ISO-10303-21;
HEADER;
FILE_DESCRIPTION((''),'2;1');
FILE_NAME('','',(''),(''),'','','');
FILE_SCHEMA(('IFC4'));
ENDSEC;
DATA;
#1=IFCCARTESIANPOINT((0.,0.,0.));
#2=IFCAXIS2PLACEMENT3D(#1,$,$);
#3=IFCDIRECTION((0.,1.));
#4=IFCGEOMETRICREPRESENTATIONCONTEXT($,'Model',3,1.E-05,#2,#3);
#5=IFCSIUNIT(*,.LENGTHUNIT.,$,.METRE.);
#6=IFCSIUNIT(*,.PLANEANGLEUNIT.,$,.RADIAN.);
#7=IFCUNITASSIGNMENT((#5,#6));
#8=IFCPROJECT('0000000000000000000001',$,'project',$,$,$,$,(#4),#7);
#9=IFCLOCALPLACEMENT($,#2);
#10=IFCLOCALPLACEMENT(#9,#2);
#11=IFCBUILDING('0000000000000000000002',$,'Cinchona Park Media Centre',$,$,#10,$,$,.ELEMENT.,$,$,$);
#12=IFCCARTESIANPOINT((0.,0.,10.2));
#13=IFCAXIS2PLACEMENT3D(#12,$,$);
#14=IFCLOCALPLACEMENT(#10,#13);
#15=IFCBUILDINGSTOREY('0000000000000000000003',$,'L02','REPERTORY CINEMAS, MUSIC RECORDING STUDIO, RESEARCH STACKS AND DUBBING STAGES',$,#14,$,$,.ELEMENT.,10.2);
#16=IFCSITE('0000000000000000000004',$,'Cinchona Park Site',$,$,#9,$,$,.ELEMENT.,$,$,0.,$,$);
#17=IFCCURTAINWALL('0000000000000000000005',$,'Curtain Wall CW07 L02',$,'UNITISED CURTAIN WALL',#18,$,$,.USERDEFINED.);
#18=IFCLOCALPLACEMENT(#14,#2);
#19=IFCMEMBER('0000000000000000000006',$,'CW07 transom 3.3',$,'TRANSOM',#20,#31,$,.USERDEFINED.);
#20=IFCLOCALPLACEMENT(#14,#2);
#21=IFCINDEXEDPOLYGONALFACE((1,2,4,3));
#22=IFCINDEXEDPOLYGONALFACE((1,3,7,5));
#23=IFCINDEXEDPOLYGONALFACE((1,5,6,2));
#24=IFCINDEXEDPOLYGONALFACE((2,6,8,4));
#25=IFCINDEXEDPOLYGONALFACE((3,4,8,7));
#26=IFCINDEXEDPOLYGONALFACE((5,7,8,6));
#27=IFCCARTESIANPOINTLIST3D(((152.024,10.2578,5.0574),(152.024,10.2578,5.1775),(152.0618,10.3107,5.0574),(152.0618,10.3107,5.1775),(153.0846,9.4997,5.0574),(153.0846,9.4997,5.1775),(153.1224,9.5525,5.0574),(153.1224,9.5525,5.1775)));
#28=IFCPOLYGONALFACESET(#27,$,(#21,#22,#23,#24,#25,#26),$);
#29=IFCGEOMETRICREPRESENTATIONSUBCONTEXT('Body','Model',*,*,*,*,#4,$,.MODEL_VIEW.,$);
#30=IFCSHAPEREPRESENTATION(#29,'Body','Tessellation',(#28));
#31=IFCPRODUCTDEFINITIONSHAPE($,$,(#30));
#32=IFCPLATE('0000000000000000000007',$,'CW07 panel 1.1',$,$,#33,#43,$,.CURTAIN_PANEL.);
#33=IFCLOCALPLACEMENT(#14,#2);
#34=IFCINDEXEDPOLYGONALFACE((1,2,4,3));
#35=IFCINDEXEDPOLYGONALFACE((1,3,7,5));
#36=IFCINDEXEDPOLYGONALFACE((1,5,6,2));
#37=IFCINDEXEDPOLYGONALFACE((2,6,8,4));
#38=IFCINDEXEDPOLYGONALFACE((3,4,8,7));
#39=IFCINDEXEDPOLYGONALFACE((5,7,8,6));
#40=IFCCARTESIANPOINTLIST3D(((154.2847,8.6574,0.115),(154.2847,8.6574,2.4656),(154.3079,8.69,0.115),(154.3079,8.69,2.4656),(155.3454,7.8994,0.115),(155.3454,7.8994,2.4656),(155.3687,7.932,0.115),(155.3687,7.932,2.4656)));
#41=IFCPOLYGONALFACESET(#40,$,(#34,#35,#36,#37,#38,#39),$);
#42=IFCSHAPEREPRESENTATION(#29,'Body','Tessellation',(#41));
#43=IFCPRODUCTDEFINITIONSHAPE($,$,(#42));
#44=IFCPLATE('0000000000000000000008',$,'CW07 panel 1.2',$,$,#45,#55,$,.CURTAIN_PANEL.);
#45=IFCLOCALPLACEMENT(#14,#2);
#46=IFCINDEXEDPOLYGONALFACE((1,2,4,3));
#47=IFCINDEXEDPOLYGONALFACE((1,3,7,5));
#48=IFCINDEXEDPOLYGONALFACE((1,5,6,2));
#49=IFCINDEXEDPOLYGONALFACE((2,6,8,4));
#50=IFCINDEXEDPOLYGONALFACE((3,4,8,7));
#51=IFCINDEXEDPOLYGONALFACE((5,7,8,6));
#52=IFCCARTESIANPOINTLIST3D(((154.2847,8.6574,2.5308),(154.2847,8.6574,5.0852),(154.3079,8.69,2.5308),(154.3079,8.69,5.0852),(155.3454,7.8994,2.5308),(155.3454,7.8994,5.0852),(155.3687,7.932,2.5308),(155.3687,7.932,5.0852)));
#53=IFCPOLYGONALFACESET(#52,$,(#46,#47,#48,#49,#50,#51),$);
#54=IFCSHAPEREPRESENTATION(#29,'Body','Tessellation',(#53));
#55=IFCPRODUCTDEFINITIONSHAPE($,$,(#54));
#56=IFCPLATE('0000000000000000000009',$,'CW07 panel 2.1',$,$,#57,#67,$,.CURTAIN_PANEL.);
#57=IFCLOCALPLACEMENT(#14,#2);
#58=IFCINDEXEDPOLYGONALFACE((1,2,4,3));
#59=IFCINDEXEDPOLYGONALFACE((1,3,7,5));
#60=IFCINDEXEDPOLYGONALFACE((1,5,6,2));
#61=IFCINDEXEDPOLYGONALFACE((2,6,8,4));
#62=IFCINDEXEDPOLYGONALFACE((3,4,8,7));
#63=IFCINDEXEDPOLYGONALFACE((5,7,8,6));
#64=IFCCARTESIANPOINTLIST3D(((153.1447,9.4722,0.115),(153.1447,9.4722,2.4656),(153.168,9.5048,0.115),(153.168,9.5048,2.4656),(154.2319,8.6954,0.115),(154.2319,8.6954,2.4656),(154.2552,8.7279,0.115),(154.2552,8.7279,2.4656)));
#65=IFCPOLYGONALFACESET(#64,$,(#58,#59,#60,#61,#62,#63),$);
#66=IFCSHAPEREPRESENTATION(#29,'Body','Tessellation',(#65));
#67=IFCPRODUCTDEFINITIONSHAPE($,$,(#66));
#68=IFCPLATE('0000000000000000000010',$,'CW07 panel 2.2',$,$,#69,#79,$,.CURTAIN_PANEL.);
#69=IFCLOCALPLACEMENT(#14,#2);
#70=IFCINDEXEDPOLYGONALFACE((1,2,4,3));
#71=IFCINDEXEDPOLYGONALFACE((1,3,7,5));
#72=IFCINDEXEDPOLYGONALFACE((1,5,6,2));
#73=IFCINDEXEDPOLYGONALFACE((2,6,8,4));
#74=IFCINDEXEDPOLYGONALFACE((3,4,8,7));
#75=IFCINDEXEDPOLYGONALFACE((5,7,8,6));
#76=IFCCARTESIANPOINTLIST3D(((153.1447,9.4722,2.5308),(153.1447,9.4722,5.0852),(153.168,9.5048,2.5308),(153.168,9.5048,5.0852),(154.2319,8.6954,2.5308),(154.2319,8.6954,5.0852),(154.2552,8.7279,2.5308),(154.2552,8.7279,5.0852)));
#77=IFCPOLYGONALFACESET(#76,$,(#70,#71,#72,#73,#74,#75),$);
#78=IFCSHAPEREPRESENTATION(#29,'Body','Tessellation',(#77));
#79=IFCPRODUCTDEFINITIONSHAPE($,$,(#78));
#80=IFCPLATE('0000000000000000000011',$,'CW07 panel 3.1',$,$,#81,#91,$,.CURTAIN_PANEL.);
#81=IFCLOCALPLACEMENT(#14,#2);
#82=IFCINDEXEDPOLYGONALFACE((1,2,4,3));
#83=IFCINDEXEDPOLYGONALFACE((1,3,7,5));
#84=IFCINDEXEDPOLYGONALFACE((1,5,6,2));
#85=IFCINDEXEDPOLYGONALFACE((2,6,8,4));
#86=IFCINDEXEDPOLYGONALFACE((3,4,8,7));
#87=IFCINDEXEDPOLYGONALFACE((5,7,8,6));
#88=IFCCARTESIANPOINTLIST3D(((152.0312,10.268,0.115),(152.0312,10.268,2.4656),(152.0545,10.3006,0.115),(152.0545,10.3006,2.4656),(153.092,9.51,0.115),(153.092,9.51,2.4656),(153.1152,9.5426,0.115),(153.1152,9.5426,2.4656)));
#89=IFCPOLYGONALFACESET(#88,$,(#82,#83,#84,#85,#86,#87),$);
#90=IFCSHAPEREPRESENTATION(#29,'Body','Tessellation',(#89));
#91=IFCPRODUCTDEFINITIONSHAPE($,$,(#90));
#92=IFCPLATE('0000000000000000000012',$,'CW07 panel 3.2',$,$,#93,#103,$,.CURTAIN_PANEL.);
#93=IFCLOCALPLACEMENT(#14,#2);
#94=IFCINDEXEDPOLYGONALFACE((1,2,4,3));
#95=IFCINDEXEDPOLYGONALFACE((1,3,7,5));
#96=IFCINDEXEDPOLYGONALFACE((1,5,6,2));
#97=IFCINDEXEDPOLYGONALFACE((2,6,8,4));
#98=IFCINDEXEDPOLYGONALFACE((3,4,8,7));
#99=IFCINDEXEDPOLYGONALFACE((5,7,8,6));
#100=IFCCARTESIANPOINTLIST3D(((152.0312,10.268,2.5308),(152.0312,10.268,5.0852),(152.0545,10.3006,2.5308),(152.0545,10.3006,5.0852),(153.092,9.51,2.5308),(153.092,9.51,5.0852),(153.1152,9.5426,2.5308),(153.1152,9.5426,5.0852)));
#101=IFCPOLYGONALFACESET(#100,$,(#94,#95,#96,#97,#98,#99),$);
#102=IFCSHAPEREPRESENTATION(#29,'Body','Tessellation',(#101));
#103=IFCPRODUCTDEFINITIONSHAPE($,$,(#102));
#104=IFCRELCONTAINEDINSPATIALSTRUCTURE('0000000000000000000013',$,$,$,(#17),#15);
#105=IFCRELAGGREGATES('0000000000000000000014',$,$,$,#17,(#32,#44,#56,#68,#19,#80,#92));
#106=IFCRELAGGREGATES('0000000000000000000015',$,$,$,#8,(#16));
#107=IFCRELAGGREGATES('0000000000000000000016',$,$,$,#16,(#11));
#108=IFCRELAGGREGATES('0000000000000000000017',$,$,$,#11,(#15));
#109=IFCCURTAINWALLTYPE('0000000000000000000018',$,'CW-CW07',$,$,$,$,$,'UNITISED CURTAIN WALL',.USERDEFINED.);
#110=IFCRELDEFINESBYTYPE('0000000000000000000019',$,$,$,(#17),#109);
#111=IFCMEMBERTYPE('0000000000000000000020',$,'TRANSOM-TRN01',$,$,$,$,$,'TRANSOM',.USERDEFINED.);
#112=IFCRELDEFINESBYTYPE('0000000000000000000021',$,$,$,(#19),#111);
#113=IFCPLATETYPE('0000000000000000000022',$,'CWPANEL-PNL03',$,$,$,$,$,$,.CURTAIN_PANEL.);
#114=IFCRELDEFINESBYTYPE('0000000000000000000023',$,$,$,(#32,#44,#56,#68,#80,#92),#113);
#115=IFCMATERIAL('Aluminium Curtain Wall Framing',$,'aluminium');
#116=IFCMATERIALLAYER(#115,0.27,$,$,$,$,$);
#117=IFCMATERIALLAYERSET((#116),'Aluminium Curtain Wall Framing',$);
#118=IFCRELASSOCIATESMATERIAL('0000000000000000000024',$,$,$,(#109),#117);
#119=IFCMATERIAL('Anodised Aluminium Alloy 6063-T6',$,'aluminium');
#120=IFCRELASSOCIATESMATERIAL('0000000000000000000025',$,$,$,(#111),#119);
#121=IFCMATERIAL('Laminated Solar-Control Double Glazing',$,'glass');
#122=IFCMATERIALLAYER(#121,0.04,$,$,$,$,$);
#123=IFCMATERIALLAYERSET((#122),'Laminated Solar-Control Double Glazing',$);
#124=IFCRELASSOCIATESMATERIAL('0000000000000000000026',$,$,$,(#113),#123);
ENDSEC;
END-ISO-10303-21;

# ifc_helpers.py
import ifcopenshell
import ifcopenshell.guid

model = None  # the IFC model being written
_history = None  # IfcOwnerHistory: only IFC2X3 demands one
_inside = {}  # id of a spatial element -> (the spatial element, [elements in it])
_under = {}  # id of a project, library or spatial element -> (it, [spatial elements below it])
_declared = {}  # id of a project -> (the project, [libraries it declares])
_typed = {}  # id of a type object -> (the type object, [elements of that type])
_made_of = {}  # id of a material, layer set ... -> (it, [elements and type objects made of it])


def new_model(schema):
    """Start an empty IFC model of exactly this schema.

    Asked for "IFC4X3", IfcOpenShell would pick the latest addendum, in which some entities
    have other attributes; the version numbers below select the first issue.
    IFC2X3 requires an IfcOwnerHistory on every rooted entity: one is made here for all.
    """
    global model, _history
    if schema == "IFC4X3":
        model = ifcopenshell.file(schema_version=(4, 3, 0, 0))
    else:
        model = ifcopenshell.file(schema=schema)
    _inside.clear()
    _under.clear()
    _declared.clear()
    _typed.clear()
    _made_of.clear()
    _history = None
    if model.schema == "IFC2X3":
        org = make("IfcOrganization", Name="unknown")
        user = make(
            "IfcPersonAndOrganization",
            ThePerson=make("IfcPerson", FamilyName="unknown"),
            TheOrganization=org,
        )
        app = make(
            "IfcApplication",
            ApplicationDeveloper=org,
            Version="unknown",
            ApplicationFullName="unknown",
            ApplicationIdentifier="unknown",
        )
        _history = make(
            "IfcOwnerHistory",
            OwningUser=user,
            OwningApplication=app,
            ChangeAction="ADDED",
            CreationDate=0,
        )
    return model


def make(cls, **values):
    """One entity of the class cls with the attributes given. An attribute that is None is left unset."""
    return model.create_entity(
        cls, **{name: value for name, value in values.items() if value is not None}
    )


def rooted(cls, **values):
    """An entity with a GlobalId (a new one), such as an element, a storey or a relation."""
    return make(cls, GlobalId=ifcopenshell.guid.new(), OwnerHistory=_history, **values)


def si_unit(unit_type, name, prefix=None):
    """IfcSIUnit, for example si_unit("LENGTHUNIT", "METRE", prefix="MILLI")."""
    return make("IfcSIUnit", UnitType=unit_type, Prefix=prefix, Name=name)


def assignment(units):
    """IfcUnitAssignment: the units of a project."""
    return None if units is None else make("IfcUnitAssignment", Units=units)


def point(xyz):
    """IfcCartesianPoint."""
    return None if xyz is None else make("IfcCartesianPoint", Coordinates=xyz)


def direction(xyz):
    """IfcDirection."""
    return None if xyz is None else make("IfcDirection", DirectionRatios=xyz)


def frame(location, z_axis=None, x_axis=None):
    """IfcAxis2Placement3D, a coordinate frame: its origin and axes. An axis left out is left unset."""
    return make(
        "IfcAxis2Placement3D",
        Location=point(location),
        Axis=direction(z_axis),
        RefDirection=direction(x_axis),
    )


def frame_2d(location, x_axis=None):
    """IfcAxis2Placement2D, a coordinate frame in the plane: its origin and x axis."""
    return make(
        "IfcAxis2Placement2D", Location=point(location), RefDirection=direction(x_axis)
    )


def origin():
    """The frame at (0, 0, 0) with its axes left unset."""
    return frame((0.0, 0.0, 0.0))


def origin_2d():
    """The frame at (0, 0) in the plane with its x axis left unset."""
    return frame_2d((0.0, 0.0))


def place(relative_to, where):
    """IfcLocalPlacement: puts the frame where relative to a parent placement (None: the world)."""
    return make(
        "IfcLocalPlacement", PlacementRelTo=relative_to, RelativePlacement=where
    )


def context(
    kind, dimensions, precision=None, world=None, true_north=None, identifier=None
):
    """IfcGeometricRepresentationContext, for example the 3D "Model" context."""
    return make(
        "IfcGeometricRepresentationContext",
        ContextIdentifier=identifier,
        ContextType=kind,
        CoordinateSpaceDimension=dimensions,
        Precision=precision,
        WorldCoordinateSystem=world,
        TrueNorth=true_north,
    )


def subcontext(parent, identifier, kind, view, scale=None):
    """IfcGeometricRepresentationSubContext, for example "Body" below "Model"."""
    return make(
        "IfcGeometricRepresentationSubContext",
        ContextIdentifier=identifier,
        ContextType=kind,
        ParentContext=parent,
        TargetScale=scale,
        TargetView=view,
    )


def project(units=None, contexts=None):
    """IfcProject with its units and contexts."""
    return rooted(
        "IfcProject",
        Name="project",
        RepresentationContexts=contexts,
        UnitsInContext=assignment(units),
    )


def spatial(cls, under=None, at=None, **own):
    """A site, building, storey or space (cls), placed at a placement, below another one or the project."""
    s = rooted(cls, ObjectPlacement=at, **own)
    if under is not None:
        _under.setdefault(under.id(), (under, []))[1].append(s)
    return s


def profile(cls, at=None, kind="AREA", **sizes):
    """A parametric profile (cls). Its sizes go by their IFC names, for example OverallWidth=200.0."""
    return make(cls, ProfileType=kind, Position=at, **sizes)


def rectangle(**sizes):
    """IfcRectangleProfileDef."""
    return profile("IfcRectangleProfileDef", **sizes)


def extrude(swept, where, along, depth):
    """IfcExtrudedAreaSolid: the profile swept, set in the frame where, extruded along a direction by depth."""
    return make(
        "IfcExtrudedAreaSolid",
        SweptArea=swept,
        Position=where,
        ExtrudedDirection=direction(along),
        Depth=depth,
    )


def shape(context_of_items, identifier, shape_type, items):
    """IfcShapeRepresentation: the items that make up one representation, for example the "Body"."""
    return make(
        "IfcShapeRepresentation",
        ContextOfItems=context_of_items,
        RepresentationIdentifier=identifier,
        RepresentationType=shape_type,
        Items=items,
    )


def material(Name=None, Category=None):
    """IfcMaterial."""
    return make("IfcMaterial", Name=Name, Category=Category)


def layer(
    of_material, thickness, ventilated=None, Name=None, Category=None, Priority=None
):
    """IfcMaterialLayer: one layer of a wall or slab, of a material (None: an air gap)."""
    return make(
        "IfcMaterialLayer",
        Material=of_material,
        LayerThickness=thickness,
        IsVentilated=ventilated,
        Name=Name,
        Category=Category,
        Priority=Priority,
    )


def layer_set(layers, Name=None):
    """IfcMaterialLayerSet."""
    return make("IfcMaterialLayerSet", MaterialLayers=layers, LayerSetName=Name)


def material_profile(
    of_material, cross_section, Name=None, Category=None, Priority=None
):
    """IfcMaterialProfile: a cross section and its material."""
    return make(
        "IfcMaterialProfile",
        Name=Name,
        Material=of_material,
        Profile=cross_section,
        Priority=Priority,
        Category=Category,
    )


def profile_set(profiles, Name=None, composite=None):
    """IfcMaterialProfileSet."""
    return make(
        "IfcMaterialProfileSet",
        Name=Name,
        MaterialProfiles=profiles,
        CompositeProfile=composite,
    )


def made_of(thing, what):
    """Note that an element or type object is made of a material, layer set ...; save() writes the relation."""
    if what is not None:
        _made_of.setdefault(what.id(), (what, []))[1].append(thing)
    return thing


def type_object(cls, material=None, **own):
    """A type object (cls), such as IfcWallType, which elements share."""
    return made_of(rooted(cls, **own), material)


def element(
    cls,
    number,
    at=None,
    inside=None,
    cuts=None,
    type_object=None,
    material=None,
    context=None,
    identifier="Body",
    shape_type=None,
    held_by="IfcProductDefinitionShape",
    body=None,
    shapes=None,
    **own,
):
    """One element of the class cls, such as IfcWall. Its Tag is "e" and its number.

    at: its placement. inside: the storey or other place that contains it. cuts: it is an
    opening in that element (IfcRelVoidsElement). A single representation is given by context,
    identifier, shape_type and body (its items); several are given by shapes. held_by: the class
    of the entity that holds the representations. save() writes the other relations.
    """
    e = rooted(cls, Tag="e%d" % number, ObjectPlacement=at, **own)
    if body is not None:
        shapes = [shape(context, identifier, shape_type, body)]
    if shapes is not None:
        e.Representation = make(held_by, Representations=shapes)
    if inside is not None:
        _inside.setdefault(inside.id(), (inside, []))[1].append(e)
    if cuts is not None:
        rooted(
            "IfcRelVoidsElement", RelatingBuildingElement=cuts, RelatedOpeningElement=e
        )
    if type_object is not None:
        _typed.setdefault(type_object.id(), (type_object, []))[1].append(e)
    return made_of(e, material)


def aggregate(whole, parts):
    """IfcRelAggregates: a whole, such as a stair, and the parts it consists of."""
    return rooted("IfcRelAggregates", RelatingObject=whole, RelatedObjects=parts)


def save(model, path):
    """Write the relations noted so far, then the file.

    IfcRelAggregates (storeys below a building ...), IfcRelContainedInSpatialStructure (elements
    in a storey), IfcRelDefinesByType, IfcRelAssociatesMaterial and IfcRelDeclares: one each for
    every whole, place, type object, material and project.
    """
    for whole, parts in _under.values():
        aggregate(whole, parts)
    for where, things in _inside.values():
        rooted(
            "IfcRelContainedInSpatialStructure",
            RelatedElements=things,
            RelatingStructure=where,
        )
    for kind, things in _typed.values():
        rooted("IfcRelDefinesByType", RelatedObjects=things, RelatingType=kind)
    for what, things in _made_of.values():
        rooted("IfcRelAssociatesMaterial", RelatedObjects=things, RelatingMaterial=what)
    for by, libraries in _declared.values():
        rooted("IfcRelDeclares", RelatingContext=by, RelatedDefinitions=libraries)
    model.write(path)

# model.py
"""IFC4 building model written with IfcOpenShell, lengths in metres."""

from ifc_helpers import new_model, si_unit, direction, frame, origin, origin_2d, place, context, subcontext, project, spatial, rectangle, extrude, material, layer, layer_set, material_profile, profile_set, type_object, element, aggregate, save


model = new_model("IFC4")

# Units and contexts
model_context = context("Model", 3, precision=1e-05, world=origin(), true_north=direction((0.0, 1.0)))
body_context = subcontext(model_context, "Body", "Model", "MODEL_VIEW")
ifc_project = project(units=[si_unit("LENGTHUNIT", "METRE"), si_unit("PLANEANGLEUNIT", "RADIAN")], contexts=[model_context])

# Site, building, storey
site_placement = place(None, origin())
site = spatial("IfcSite", under=ifc_project, at=site_placement, Name="Cinchona Park Site", CompositionType="ELEMENT", RefElevation=0.0)
building_placement = place(site_placement, origin())
building = spatial("IfcBuilding", under=site, at=building_placement, Name="Cinchona Park Media Centre", CompositionType="ELEMENT")
storey_placement = place(building_placement, frame((0.0, 0.0, 10.2)))
storey = spatial("IfcBuildingStorey", under=building, at=storey_placement, Name="L02", Description="REPERTORY CINEMAS, MUSIC RECORDING STUDIO, RESEARCH STACKS AND DUBBING STAGES", CompositionType="ELEMENT", Elevation=10.2)

# Curtain wall, member, plates
ifc_material_1 = material(Name="Aluminium Curtain Wall Framing", Category="aluminium")
ifc_layer_1 = layer(ifc_material_1, 0.27)
ifc_layer_set_1 = layer_set([ifc_layer_1], Name="Aluminium Curtain Wall Framing")
curtain_wall_type = type_object("IfcCurtainWallType", Name="CW-CW07", ElementType="UNITISED CURTAIN WALL", PredefinedType="USERDEFINED", material=ifc_layer_set_1)
curtain_wall_placement = place(storey_placement, origin())
curtain_wall = element("IfcCurtainWall", 1, at=curtain_wall_placement, inside=storey, type_object=curtain_wall_type, Name="Curtain Wall CW07 L02", ObjectType="UNITISED CURTAIN WALL", PredefinedType="USERDEFINED")
ifc_material_2 = material(Name="Anodised Aluminium Alloy 6063-T6", Category="aluminium")
ifc_material_profile_1 = material_profile(ifc_material_2, rectangle(XDim=0.0649, YDim=0.1201, at=origin_2d()), Name="TRN-65X120")
ifc_profile_set_1 = profile_set([ifc_material_profile_1], Name="Anodised Aluminium Alloy 6063-T6")
member_type_1 = type_object("IfcMemberType", Name="TRANSOM-TRN01", ElementType="TRANSOM", PredefinedType="USERDEFINED", material=ifc_profile_set_1)
member_1_placement = place(storey_placement, frame((153.1035, 9.5261, 5.1174), z_axis=(-0.813544, 0.581504, 0.0), x_axis=(-0.581504, -0.813544, 0.0)))
member_1 = element("IfcMember", 2, at=member_1_placement, type_object=member_type_1, Name="CW07 transom 3.3", ObjectType="TRANSOM", PredefinedType="USERDEFINED", context=body_context, shape_type="SweptSolid", body=[
    extrude(rectangle(XDim=0.0649, YDim=0.1201, at=origin_2d()), origin(), (0.0, 0.0, 1.0), 1.3037),
])
ifc_material_3 = material(Name="Laminated Solar-Control Double Glazing", Category="glass")
ifc_layer_2 = layer(ifc_material_3, 0.04)
ifc_layer_set_2 = layer_set([ifc_layer_2], Name="Laminated Solar-Control Double Glazing")
plate_type = type_object("IfcPlateType", Name="CWPANEL-PNL03", PredefinedType="CURTAIN_PANEL", material=ifc_layer_set_2)
plate_1_placement = place(storey_placement, frame((154.8267, 8.2947, 0.115), z_axis=(0.0, 0.0, 1.0), x_axis=(-0.813605, 0.581418, 0.0)))
plate_1 = element("IfcPlate", 3, at=plate_1_placement, type_object=plate_type, Name="CW07 panel 1.1", PredefinedType="CURTAIN_PANEL", context=body_context, shape_type="SweptSolid", body=[
    extrude(rectangle(XDim=1.3037, YDim=0.04, at=origin_2d()), origin(), (0.0, 0.0, 1.0), 2.3506),
])
plate_2_placement = place(storey_placement, frame((154.8267, 8.2947, 2.5308), z_axis=(0.0, 0.0, 1.0), x_axis=(-0.813605, 0.581418, 0.0)))
plate_2 = element("IfcPlate", 4, at=plate_2_placement, type_object=plate_type, Name="CW07 panel 1.2", PredefinedType="CURTAIN_PANEL", context=body_context, shape_type="SweptSolid", body=[
    extrude(rectangle(XDim=1.3037, YDim=0.04, at=origin_2d()), origin(), (0.0, 0.0, 1.0), 2.5544),
])
plate_3_placement = place(storey_placement, frame((153.7, 9.1001, 0.115), z_axis=(0.0, 0.0, 1.0), x_axis=(-0.813605, 0.581418, 0.0)))
plate_3 = element("IfcPlate", 5, at=plate_3_placement, type_object=plate_type, Name="CW07 panel 2.1", PredefinedType="CURTAIN_PANEL", context=body_context, shape_type="SweptSolid", body=[
    extrude(rectangle(XDim=1.3362, YDim=0.04, at=origin_2d()), origin(), (0.0, 0.0, 1.0), 2.3506),
])
plate_4_placement = place(storey_placement, frame((153.7, 9.1001, 2.5308), z_axis=(0.0, 0.0, 1.0), x_axis=(-0.813605, 0.581418, 0.0)))
plate_4 = element("IfcPlate", 6, at=plate_4_placement, type_object=plate_type, Name="CW07 panel 2.2", PredefinedType="CURTAIN_PANEL", context=body_context, shape_type="SweptSolid", body=[
    extrude(rectangle(XDim=1.3362, YDim=0.04, at=origin_2d()), origin(), (0.0, 0.0, 1.0), 2.5544),
])
plate_5_placement = place(storey_placement, frame((152.5732, 9.9053, 0.115), z_axis=(0.0, 0.0, 1.0), x_axis=(-0.813605, 0.581418, 0.0)))
plate_5 = element("IfcPlate", 7, at=plate_5_placement, type_object=plate_type, Name="CW07 panel 3.1", PredefinedType="CURTAIN_PANEL", context=body_context, shape_type="SweptSolid", body=[
    extrude(rectangle(XDim=1.3037, YDim=0.04, at=origin_2d()), origin(), (0.0, 0.0, 1.0), 2.3506),
])
plate_6_placement = place(storey_placement, frame((152.5732, 9.9053, 2.5308), z_axis=(0.0, 0.0, 1.0), x_axis=(-0.813605, 0.581418, 0.0)))
plate_6 = element("IfcPlate", 8, at=plate_6_placement, type_object=plate_type, Name="CW07 panel 3.2", PredefinedType="CURTAIN_PANEL", context=body_context, shape_type="SweptSolid", body=[
    extrude(rectangle(XDim=1.3037, YDim=0.04, at=origin_2d()), origin(), (0.0, 0.0, 1.0), 2.5544),
])
aggregate(curtain_wall, [plate_1, plate_2, plate_3, plate_4, member_1, plate_5, plate_6])

save(model, "model.ifc")
